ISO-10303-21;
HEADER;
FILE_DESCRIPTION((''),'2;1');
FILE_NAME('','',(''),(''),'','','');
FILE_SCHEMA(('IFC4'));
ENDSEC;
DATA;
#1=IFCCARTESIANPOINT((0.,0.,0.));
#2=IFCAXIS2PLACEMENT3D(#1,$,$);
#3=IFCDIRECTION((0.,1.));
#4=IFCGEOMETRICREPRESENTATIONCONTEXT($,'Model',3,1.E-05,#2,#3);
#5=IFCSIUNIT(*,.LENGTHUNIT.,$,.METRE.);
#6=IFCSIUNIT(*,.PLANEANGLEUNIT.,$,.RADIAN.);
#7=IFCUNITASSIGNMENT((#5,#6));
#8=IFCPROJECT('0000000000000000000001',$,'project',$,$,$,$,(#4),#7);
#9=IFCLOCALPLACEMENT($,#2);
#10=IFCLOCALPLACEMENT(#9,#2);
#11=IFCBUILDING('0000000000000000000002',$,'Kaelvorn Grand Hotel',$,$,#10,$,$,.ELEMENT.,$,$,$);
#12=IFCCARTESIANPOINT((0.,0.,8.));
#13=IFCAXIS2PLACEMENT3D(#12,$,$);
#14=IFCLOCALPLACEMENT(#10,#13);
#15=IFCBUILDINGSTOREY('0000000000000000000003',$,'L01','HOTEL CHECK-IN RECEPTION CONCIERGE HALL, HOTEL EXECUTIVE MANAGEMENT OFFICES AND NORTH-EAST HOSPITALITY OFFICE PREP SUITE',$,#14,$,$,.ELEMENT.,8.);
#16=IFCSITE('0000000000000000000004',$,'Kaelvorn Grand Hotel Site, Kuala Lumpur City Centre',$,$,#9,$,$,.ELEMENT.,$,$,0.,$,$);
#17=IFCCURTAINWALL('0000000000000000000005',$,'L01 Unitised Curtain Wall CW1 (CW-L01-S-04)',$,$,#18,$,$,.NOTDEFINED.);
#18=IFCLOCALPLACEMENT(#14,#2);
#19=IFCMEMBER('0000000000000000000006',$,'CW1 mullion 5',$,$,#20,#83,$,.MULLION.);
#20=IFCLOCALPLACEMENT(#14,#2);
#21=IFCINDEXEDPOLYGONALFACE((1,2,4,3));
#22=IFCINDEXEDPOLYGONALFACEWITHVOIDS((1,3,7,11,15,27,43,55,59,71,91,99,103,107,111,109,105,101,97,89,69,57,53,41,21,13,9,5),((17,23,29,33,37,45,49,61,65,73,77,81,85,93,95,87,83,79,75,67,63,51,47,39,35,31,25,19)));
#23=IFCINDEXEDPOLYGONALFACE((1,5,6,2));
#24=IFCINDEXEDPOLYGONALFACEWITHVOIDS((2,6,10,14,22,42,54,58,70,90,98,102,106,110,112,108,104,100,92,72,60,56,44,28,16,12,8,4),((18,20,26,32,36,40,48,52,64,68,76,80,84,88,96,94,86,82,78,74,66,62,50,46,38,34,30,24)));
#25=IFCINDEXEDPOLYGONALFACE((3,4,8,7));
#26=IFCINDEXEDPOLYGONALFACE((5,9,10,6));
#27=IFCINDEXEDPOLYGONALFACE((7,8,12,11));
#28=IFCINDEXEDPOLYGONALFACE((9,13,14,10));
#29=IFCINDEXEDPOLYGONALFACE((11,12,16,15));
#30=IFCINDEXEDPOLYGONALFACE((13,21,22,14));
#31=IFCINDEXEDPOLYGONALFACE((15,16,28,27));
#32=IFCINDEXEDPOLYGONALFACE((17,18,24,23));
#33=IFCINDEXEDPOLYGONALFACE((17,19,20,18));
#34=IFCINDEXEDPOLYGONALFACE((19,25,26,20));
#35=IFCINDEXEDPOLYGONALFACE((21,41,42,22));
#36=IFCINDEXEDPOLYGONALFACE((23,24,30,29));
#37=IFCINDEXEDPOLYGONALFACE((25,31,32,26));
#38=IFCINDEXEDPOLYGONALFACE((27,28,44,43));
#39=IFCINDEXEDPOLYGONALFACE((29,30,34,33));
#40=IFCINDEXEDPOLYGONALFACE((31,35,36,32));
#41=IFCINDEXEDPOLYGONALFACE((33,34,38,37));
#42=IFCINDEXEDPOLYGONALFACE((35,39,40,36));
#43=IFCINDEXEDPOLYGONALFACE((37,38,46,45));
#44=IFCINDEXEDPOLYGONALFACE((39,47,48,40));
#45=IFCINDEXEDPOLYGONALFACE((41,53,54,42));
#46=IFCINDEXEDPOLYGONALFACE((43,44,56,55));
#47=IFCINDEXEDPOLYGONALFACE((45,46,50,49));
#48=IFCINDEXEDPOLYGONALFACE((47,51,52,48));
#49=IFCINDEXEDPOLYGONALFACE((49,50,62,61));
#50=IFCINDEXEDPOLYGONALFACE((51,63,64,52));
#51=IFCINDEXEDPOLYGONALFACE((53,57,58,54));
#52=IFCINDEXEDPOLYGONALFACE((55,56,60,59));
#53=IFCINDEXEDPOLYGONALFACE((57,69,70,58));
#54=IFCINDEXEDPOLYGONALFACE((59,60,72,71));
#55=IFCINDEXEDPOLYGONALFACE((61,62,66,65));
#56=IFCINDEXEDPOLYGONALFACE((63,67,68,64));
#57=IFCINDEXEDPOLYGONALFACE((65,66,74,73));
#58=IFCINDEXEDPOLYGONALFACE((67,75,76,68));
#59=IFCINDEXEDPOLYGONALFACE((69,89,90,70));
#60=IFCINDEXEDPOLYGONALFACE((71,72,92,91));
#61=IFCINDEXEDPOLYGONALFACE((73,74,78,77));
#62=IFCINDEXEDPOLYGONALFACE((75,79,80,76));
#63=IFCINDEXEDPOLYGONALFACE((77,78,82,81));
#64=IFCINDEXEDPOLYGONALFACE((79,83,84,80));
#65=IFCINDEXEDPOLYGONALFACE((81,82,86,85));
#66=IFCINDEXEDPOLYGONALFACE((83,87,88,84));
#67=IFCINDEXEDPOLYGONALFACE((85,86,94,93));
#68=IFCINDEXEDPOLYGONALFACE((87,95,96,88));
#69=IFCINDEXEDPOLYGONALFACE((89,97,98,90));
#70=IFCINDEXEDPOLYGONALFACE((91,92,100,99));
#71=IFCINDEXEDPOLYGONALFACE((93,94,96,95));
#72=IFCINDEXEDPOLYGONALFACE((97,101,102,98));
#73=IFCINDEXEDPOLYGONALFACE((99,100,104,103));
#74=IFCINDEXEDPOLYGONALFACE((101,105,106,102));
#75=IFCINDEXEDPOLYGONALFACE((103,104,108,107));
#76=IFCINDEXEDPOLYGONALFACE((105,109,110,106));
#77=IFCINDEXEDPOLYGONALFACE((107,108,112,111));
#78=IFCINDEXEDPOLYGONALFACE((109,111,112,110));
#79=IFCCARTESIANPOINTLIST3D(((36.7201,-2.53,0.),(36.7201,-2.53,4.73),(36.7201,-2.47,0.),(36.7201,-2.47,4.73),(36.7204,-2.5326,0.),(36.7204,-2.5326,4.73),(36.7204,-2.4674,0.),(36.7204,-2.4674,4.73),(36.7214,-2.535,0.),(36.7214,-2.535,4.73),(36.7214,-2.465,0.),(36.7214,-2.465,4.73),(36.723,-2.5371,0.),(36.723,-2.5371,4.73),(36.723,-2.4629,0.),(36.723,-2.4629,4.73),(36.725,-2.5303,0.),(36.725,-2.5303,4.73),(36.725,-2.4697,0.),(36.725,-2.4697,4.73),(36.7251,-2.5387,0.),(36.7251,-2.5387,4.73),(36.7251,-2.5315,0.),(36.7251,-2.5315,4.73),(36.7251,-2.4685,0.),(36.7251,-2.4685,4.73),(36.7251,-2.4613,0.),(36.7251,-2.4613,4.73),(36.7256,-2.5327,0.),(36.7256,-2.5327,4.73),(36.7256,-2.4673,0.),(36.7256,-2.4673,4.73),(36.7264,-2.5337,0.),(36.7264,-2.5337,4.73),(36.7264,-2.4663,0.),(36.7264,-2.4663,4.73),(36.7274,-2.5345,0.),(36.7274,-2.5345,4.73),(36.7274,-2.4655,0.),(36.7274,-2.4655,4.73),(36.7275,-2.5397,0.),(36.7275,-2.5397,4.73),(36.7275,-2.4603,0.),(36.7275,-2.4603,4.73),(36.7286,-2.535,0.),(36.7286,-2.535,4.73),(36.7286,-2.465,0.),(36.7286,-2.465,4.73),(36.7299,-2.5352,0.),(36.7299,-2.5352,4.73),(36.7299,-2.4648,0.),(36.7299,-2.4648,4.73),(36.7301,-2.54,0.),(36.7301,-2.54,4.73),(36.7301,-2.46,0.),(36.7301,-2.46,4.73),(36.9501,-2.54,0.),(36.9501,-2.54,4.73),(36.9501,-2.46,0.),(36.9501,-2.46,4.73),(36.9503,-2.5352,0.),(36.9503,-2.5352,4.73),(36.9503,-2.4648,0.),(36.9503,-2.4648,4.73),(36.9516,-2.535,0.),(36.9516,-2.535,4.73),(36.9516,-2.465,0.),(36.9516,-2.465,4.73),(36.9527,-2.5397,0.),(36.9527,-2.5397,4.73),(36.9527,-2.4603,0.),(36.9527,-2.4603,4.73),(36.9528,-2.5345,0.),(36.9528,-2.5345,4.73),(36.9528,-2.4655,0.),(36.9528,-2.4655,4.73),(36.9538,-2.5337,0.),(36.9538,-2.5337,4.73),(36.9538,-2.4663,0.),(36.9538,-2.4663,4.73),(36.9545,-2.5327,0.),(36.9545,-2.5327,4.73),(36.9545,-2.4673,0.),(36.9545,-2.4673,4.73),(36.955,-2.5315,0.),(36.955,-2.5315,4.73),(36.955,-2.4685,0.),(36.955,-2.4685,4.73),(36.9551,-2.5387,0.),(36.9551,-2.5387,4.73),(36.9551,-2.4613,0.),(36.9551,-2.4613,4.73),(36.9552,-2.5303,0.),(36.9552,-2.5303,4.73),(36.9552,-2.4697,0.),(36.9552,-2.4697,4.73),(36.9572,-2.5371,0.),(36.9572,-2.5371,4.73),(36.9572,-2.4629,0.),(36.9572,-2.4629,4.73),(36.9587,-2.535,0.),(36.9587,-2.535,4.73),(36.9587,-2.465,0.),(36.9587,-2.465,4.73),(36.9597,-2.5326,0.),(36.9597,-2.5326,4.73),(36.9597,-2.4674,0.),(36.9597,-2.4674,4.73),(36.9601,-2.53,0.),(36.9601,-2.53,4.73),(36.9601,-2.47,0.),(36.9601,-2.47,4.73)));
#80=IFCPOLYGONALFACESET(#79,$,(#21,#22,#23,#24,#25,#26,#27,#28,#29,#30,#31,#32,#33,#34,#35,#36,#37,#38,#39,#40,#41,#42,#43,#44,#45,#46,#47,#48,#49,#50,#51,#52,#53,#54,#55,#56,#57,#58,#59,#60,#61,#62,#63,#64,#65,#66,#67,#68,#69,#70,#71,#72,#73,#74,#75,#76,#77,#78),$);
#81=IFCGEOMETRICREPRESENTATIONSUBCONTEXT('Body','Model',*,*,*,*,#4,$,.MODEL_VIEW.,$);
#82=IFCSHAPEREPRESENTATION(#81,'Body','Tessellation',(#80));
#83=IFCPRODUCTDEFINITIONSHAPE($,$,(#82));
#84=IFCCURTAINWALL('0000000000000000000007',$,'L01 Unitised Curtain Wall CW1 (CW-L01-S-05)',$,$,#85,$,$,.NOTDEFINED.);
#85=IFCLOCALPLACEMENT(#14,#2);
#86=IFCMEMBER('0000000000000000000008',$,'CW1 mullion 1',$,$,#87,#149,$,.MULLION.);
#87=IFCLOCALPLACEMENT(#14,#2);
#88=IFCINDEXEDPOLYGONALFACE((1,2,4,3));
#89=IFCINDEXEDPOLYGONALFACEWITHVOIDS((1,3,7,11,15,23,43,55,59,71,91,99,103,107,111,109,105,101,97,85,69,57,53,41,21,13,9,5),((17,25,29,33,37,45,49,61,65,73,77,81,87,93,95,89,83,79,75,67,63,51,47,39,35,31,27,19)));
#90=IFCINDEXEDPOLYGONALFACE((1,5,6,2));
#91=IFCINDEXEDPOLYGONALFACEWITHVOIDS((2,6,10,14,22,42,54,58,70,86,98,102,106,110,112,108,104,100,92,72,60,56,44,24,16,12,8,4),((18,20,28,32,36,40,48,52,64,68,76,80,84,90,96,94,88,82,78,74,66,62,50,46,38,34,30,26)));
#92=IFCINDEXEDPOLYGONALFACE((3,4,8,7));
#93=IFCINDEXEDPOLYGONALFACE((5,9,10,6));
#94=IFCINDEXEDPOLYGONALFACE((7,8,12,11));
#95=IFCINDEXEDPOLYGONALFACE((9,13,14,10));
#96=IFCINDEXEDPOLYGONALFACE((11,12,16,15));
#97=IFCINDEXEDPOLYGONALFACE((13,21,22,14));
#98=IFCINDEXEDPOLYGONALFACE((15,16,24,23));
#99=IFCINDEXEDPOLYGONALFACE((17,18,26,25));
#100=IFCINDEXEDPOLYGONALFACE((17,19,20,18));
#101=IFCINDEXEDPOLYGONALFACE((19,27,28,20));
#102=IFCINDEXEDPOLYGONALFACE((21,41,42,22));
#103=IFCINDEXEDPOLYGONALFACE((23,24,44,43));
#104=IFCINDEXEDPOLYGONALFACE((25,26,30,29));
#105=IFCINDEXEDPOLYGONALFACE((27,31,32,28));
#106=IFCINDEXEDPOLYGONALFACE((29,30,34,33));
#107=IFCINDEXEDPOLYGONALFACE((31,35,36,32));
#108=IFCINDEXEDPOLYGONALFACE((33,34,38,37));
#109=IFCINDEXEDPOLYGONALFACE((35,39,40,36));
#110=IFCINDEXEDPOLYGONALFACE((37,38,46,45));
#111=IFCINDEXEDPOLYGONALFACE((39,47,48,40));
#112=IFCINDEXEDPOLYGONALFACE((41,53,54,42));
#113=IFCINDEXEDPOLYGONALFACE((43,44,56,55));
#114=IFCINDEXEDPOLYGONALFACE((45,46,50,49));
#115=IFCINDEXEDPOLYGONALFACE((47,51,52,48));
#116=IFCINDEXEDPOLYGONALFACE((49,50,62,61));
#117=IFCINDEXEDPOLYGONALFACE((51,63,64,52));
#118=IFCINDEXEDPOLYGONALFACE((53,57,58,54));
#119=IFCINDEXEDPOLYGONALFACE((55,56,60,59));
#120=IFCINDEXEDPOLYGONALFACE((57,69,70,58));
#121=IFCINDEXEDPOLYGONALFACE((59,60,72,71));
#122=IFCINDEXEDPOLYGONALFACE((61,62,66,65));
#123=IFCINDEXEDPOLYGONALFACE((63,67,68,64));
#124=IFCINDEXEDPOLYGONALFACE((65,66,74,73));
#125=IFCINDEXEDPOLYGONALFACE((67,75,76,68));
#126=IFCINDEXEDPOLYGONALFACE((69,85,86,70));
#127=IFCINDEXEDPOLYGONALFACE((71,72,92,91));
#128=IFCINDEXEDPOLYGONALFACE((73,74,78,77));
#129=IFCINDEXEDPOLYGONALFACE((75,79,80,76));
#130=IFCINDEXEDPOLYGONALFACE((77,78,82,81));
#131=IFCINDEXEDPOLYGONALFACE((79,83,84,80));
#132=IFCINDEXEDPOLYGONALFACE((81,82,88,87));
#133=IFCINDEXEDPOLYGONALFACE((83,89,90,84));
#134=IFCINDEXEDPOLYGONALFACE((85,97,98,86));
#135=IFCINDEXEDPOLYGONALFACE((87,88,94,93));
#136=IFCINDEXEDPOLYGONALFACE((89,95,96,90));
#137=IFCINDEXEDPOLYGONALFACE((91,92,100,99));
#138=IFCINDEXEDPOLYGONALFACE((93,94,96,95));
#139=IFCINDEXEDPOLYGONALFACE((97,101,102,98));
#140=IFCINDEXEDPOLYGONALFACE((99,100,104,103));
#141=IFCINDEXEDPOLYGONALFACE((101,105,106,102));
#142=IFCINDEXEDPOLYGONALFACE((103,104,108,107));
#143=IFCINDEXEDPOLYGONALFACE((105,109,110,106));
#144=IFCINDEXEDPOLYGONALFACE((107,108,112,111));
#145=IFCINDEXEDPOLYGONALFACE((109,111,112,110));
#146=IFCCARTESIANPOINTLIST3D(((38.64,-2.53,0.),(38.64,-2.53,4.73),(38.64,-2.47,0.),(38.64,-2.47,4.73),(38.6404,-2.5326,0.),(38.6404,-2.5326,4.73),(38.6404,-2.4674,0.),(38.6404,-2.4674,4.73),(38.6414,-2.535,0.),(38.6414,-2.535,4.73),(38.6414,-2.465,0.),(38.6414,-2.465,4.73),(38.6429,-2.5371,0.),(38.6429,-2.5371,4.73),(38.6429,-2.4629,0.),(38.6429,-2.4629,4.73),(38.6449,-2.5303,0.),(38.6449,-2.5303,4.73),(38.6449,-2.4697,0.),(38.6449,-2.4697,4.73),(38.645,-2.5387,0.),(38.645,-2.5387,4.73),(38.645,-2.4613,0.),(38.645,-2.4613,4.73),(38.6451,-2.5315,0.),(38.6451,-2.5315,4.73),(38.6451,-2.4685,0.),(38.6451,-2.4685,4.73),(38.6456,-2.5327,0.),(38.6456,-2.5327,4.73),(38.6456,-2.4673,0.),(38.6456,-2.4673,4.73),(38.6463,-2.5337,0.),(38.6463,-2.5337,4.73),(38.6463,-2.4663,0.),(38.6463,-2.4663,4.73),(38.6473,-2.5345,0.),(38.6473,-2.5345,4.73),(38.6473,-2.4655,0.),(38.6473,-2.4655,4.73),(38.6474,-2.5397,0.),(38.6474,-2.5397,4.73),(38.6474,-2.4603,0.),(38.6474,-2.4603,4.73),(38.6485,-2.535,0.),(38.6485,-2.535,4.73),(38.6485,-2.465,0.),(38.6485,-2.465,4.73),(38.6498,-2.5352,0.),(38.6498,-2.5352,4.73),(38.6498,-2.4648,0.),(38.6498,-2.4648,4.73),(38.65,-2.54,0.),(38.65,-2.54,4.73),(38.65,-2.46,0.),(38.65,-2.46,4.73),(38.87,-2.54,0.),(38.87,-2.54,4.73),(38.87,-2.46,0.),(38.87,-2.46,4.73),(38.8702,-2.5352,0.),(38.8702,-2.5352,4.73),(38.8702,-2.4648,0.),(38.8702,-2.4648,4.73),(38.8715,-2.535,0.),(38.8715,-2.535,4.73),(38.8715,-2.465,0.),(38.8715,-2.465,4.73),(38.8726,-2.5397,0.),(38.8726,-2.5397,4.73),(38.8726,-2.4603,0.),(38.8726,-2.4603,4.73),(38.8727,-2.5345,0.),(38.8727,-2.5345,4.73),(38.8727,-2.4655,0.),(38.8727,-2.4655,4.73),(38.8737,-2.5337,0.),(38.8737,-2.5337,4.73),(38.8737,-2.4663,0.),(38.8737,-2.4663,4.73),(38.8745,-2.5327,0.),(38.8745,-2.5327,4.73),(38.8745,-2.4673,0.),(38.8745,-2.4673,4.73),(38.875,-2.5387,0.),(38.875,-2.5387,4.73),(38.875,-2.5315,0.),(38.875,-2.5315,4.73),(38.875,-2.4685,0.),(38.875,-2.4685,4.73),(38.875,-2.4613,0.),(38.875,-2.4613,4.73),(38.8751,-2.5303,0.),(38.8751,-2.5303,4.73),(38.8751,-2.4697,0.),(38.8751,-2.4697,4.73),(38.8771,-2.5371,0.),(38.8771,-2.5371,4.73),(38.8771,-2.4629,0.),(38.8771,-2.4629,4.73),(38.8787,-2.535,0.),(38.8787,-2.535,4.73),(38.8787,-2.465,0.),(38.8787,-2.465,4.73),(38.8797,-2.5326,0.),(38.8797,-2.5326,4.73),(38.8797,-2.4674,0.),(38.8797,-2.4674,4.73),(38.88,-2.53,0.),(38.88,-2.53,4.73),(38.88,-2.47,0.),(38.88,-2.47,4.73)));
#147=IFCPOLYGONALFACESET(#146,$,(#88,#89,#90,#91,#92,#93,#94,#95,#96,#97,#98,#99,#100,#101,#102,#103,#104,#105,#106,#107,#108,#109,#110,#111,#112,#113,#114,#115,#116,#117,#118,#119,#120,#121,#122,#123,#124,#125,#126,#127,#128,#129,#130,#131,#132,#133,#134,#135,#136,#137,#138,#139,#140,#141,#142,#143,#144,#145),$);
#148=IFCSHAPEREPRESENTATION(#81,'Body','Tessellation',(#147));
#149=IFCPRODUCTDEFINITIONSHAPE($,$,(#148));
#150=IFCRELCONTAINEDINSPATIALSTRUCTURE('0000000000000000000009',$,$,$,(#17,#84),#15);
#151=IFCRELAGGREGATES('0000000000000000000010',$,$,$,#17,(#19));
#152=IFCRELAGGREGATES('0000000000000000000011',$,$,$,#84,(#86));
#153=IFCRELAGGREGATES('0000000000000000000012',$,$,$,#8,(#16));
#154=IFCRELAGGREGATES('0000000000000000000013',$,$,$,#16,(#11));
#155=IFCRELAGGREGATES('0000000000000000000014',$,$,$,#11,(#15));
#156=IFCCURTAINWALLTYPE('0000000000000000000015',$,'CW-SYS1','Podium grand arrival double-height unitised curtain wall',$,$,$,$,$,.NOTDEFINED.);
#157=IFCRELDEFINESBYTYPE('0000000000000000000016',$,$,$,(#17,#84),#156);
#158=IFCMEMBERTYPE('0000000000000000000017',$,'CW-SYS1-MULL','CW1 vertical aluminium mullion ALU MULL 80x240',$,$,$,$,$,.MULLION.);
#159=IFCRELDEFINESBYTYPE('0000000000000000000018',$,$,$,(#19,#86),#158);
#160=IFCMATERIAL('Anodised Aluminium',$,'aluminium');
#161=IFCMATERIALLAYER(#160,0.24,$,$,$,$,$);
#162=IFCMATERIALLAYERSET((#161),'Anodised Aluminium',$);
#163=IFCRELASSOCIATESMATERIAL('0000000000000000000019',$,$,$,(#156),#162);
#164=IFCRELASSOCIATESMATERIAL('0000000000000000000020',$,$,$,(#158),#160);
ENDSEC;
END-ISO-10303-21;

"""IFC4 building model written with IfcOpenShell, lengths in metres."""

from ifc_helpers import new_model, si_unit, direction, frame, origin, origin_2d, place, context, subcontext, project, spatial, hollow_rectangle, extrude, material, layer, layer_set, material_profile, profile_set, type_object, element, aggregate, save


model = new_model("IFC4")

# Units and contexts
model_context = context("Model", 3, precision=1e-05, world=origin(), true_north=direction((0.0, 1.0)))
body_context = subcontext(model_context, "Body", "Model", "MODEL_VIEW")
ifc_project = project(units=[si_unit("LENGTHUNIT", "METRE"), si_unit("PLANEANGLEUNIT", "RADIAN")], contexts=[model_context])

# Site, building, storey
site_placement = place(None, origin())
site = spatial("IfcSite", under=ifc_project, at=site_placement, Name="Kaelvorn Grand Hotel Site, Kuala Lumpur City Centre", CompositionType="ELEMENT", RefElevation=0.0)
building_placement = place(site_placement, origin())
building = spatial("IfcBuilding", under=site, at=building_placement, Name="Kaelvorn Grand Hotel", CompositionType="ELEMENT")
storey_placement = place(building_placement, frame((0.0, 0.0, 8.0)))
storey = spatial("IfcBuildingStorey", under=building, at=storey_placement, Name="L01", Description="HOTEL CHECK-IN RECEPTION CONCIERGE HALL, HOTEL EXECUTIVE MANAGEMENT OFFICES AND NORTH-EAST HOSPITALITY OFFICE PREP SUITE", CompositionType="ELEMENT", Elevation=8.0)

# Shared definitions
ifc_material_1 = material(Name="Anodised Aluminium", Category="aluminium")
ifc_layer_1 = layer(ifc_material_1, 0.24)
ifc_layer_set_1 = layer_set([ifc_layer_1], Name="Anodised Aluminium")
curtain_wall_type = type_object("IfcCurtainWallType", Name="CW-SYS1", Description="Podium grand arrival double-height unitised curtain wall", PredefinedType="NOTDEFINED", material=ifc_layer_set_1)
ifc_material_profile_1 = material_profile(ifc_material_1, hollow_rectangle(XDim=0.0801, YDim=0.24, WallThickness=0.0049, InnerFilletRadius=0.0049, OuterFilletRadius=0.01, at=origin_2d()), Name="ALU MULL 80x240")
ifc_profile_set_1 = profile_set([ifc_material_profile_1], Name="Anodised Aluminium")
member_type_1 = type_object("IfcMemberType", Name="CW-SYS1-MULL", Description="CW1 vertical aluminium mullion ALU MULL 80x240", PredefinedType="MULLION", material=ifc_profile_set_1)

# Curtain wall, member
curtain_wall_1_placement = place(storey_placement, origin())
curtain_wall_1 = element("IfcCurtainWall", 1, at=curtain_wall_1_placement, inside=storey, type_object=curtain_wall_type, Name="L01 Unitised Curtain Wall CW1 (CW-L01-S-04)", PredefinedType="NOTDEFINED")
member_1_placement = place(storey_placement, frame((36.8401, -2.5, 0.0), z_axis=(0.0, 0.0, 1.0), x_axis=(0.0, 1.0, 0.0)))
member_1 = element("IfcMember", 2, at=member_1_placement, type_object=member_type_1, Name="CW1 mullion 5", PredefinedType="MULLION", context=body_context, shape_type="SweptSolid", body=[
    extrude(hollow_rectangle(XDim=0.0801, YDim=0.24, WallThickness=0.0049, InnerFilletRadius=0.0049, OuterFilletRadius=0.01, at=origin_2d()), origin(), (0.0, 0.0, 1.0), 4.73),
])

# Curtain wall, member
curtain_wall_2_placement = place(storey_placement, origin())
curtain_wall_2 = element("IfcCurtainWall", 3, at=curtain_wall_2_placement, inside=storey, type_object=curtain_wall_type, Name="L01 Unitised Curtain Wall CW1 (CW-L01-S-05)", PredefinedType="NOTDEFINED")
member_2_placement = place(storey_placement, frame((38.76, -2.5, 0.0), z_axis=(0.0, 0.0, 1.0), x_axis=(0.0, 1.0, 0.0)))
member_2 = element("IfcMember", 4, at=member_2_placement, type_object=member_type_1, Name="CW1 mullion 1", PredefinedType="MULLION", context=body_context, shape_type="SweptSolid", body=[
    extrude(hollow_rectangle(XDim=0.0801, YDim=0.24, WallThickness=0.0049, InnerFilletRadius=0.0049, OuterFilletRadius=0.01, at=origin_2d()), origin(), (0.0, 0.0, 1.0), 4.73),
])

aggregate(curtain_wall_1, [member_1])
aggregate(curtain_wall_2, [member_2])

save(model, "model.ifc")
